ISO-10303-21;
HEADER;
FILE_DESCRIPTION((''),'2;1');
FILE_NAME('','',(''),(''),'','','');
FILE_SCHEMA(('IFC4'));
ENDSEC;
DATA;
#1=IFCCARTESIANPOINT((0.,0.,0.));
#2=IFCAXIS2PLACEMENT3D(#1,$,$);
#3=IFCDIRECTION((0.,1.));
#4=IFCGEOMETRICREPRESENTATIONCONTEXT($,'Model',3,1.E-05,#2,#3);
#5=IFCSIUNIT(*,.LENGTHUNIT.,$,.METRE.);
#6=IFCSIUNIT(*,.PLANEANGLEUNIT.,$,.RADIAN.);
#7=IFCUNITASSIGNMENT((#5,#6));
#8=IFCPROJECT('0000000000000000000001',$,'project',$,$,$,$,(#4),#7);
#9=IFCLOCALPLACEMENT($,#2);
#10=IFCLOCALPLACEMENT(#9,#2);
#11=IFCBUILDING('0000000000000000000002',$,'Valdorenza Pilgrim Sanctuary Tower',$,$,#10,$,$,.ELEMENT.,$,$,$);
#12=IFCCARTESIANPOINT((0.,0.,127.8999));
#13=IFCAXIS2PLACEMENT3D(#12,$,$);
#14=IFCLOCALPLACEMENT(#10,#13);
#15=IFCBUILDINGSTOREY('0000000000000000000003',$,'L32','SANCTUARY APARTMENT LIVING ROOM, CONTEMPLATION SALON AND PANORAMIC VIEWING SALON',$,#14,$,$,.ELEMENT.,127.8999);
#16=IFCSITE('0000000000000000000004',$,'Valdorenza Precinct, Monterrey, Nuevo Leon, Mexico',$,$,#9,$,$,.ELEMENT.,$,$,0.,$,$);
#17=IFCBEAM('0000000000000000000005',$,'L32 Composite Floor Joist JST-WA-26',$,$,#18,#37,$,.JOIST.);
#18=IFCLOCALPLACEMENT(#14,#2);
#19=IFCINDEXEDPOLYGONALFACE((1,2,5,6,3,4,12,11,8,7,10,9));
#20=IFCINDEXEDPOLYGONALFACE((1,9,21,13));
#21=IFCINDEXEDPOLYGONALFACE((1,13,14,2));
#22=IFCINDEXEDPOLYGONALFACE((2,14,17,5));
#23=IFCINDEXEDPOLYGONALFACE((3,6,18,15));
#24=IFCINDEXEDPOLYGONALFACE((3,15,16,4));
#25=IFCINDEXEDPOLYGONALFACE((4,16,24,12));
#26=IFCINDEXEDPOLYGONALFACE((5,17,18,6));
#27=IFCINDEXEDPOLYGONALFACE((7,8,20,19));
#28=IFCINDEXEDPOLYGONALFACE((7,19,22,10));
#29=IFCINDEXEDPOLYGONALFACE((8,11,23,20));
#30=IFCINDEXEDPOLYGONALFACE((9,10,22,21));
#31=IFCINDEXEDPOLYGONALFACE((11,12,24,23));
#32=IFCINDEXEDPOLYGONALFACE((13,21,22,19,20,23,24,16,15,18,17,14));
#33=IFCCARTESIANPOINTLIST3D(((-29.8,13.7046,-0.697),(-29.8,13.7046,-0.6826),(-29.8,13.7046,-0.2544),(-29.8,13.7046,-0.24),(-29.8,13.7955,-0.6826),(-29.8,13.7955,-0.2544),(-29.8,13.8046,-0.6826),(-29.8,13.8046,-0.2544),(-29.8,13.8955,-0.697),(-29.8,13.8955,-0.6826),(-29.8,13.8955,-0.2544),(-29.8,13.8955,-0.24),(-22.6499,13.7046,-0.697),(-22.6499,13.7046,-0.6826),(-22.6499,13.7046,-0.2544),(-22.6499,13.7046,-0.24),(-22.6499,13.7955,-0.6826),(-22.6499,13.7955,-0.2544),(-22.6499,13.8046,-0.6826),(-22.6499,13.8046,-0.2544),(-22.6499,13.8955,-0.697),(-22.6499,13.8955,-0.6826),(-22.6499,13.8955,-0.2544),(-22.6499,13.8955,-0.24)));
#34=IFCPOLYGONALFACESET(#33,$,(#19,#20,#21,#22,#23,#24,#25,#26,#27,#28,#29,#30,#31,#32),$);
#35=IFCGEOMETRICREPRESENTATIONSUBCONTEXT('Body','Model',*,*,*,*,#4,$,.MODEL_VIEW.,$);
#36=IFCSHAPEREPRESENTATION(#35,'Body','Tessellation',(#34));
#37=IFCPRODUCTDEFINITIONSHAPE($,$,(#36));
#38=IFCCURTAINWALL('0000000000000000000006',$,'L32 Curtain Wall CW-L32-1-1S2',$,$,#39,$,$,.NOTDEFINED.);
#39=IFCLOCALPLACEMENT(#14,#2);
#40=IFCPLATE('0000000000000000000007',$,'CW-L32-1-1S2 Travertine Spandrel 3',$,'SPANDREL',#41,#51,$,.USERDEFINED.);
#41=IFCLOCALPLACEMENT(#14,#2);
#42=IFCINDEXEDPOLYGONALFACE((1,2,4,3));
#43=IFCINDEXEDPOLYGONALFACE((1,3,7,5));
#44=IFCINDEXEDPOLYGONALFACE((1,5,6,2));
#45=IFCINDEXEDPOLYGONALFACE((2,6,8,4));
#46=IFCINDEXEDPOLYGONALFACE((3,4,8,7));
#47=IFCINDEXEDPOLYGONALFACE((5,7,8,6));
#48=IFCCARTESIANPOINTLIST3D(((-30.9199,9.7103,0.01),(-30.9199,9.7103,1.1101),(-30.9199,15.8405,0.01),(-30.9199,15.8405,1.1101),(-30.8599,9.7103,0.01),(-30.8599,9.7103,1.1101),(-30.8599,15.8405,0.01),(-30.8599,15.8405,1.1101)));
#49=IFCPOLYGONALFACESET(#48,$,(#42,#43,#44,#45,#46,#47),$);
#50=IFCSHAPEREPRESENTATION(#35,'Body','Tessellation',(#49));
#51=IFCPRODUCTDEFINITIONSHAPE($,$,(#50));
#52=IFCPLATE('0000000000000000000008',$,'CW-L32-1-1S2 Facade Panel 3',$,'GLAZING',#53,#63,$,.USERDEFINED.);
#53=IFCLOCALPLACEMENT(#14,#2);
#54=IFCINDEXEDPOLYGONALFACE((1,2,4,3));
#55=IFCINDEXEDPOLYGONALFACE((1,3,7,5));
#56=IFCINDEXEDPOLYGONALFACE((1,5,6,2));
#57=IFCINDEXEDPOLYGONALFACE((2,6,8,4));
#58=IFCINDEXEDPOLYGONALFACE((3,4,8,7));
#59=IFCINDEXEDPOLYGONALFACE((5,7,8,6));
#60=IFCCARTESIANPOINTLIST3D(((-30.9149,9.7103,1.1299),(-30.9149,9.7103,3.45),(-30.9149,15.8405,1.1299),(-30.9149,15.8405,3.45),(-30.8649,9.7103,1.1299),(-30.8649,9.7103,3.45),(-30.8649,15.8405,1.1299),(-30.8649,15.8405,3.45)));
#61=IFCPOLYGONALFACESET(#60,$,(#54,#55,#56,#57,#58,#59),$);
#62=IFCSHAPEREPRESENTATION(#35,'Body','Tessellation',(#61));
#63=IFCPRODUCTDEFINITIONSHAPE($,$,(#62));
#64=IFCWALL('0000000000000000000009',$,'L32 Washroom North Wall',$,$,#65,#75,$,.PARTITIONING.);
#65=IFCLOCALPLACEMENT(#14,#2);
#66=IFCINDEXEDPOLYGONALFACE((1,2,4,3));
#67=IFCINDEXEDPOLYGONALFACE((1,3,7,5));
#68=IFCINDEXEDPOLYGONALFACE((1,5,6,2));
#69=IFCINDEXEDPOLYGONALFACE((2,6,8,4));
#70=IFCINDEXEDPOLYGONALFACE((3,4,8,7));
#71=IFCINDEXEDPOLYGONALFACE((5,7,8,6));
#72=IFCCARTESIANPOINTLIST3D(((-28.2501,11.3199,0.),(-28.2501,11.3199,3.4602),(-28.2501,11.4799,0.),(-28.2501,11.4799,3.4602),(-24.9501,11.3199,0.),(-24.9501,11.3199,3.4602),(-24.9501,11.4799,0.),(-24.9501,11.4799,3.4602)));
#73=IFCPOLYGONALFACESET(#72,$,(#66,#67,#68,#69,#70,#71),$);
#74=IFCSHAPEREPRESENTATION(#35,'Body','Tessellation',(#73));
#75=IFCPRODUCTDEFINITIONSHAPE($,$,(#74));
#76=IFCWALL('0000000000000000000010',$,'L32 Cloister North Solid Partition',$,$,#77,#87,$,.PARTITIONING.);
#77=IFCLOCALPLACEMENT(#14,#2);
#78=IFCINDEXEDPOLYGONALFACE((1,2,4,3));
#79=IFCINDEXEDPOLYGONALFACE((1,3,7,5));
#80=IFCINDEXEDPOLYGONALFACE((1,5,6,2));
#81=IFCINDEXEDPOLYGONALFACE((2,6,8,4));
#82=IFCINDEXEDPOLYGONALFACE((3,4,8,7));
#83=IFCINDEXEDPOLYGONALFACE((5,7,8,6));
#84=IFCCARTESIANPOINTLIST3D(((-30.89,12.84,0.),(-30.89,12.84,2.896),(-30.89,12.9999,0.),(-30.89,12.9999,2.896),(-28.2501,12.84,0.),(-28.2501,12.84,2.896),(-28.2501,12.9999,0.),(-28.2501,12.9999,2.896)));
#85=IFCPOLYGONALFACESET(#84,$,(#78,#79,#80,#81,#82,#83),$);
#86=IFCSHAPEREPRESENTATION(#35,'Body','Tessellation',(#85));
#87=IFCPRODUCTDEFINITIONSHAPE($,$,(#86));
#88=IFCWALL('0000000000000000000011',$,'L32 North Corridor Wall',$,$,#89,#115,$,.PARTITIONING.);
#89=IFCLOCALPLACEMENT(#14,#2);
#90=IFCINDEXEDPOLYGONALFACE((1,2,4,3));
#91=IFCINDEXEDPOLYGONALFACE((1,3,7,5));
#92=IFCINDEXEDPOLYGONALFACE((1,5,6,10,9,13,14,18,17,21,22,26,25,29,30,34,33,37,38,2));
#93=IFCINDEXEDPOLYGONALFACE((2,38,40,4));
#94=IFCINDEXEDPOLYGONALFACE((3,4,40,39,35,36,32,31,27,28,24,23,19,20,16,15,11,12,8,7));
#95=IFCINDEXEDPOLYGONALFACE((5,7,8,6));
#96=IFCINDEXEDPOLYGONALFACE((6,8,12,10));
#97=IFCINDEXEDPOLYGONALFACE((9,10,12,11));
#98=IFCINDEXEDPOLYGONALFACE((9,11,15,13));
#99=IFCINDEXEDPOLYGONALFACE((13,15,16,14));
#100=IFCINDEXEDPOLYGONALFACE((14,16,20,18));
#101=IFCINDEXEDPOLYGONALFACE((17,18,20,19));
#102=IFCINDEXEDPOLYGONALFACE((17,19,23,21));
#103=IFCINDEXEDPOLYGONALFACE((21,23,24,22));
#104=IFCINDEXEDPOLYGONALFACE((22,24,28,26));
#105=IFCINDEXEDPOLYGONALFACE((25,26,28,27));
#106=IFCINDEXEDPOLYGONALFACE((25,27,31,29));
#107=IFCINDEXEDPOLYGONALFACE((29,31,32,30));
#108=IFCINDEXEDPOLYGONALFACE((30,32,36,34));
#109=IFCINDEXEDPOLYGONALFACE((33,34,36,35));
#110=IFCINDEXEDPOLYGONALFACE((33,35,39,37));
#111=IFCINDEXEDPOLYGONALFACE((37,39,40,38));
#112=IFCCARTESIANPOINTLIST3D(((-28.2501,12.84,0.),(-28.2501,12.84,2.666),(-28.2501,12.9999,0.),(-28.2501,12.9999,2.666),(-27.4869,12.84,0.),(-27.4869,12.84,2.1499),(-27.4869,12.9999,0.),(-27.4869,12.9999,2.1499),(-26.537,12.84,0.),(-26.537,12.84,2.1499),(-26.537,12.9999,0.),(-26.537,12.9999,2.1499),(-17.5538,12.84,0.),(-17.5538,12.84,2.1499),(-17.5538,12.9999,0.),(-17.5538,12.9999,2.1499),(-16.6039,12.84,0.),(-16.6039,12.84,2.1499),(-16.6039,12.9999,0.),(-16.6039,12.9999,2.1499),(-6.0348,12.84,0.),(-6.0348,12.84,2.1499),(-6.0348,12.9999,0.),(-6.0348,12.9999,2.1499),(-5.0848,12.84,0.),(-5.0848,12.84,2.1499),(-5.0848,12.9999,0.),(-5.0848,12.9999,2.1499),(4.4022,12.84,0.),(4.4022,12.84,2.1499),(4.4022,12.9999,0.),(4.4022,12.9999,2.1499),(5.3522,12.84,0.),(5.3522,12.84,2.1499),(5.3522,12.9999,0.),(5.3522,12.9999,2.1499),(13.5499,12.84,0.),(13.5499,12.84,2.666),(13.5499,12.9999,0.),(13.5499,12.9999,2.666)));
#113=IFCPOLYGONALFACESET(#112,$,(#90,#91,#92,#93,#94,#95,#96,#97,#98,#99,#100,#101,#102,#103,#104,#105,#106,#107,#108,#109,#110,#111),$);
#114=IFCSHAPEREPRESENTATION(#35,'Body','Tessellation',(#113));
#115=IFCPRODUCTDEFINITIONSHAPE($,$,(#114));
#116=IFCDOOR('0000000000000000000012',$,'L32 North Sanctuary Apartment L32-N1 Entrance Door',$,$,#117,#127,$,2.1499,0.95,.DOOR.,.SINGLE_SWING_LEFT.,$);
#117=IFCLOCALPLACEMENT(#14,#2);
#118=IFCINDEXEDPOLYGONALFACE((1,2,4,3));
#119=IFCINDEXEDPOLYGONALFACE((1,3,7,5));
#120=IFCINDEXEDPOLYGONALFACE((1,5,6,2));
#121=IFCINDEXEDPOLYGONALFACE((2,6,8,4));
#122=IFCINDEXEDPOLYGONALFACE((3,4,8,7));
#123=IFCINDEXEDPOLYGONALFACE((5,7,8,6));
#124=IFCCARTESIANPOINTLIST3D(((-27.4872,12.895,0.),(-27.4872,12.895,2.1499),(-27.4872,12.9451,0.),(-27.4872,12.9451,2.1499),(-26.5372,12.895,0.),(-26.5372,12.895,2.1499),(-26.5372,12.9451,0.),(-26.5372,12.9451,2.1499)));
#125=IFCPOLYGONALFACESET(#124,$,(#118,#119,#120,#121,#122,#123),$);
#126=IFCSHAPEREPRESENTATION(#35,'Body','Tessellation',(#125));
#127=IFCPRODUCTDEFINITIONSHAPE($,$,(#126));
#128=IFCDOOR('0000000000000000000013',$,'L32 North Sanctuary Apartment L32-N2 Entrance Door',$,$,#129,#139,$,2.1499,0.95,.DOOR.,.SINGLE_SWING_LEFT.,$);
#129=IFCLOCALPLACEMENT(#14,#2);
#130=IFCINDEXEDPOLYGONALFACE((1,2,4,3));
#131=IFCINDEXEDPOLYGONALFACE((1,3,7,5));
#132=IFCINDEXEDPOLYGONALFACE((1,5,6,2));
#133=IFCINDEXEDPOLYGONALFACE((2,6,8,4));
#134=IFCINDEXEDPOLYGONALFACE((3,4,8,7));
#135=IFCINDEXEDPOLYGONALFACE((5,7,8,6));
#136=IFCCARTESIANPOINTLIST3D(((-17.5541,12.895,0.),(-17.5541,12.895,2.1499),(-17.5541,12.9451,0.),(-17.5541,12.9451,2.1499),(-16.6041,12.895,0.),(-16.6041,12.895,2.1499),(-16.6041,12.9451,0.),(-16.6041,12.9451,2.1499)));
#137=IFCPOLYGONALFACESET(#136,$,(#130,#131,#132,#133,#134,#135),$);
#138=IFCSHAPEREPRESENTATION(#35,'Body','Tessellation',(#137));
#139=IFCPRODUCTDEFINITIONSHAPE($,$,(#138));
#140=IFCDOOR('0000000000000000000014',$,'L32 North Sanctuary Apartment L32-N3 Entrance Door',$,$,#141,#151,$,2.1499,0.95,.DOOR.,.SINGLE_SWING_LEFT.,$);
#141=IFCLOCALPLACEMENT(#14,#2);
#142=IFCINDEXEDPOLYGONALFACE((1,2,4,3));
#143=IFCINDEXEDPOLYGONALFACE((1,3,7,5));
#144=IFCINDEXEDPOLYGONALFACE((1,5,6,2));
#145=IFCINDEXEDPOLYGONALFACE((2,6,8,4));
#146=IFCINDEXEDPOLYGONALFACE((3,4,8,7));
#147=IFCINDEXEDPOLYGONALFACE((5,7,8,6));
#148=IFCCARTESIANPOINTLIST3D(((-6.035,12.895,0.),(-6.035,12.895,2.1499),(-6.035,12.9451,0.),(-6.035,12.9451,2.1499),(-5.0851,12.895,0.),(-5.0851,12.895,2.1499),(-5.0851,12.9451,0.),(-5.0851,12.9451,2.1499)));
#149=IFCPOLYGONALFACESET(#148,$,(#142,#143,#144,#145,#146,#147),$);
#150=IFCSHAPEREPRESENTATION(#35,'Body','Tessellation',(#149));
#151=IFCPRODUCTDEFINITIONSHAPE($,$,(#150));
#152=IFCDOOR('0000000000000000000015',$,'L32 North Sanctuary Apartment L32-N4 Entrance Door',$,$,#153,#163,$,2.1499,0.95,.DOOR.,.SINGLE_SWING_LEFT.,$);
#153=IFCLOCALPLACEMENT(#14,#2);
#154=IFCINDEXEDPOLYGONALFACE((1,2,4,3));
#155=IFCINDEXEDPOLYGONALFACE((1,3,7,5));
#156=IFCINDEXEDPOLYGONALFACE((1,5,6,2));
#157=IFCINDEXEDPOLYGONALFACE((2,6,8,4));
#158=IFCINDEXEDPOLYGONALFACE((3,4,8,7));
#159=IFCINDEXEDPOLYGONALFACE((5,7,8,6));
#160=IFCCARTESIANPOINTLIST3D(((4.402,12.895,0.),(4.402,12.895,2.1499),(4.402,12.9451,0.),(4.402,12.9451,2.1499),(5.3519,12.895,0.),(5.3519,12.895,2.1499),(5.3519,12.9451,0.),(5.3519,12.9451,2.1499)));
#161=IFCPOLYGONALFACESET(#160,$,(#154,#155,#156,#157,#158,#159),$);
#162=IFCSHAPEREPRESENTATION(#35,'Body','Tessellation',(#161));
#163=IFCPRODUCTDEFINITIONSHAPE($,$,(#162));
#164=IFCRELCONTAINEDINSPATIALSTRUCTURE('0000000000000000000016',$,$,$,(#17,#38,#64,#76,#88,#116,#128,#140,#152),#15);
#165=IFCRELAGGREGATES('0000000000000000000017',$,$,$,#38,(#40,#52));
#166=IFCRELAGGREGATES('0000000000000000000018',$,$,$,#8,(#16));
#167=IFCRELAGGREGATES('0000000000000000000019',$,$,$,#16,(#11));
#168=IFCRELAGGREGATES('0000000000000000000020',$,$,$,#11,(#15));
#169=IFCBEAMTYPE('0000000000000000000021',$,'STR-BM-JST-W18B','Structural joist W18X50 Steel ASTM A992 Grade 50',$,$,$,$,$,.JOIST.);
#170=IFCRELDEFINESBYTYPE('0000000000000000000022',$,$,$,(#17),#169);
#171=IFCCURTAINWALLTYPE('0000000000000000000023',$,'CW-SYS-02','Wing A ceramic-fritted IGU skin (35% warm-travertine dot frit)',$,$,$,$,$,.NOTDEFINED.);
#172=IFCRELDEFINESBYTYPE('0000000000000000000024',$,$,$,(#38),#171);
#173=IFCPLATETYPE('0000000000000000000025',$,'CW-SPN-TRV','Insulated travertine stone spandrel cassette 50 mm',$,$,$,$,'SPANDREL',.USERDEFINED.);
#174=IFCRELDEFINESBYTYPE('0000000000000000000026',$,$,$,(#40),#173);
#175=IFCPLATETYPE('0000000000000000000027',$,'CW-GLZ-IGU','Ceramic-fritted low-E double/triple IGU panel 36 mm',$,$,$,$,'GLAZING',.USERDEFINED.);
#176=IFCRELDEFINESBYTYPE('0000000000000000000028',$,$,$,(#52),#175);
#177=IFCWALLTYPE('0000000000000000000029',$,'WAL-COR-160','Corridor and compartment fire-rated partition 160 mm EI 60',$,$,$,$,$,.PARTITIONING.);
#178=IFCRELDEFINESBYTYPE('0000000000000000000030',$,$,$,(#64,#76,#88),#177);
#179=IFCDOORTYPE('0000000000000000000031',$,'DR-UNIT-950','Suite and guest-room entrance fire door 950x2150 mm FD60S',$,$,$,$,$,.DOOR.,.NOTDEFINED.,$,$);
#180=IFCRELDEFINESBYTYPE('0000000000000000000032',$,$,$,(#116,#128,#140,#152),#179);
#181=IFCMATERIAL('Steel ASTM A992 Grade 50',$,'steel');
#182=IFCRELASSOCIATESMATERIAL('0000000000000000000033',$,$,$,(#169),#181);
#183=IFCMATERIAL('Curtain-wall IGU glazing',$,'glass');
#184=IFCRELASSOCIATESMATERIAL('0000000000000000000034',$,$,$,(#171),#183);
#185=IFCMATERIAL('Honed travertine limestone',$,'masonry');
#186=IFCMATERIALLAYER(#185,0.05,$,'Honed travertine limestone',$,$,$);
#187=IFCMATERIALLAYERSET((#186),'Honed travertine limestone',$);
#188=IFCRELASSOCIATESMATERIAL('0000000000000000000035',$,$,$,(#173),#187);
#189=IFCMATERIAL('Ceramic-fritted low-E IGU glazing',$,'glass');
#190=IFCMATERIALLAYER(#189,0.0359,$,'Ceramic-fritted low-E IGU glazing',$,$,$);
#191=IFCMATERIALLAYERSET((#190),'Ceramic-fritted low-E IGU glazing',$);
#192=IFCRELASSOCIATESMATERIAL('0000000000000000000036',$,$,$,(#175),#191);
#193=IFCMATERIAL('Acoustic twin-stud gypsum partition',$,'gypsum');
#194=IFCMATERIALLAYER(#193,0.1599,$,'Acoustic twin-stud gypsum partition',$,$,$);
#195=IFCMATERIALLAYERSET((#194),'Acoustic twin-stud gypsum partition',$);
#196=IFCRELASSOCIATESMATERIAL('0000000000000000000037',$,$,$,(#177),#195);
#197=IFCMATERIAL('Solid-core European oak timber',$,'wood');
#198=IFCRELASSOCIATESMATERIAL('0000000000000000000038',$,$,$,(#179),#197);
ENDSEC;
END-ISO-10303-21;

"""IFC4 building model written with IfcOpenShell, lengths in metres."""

from ifc_helpers import new_model, si_unit, direction, frame, frame_2d, origin, origin_2d, place, context, subcontext, project, spatial, rectangle, i_section, extrude, source, transform, mapped, material, layer, layer_set, material_profile, profile_set, type_object, element, fill, aggregate, save


model = new_model("IFC4")

# Units and contexts
model_context = context("Model", 3, precision=1e-05, world=origin(), true_north=direction((0.0, 1.0)))
body_context = subcontext(model_context, "Body", "Model", "MODEL_VIEW")
ifc_project = project(units=[si_unit("LENGTHUNIT", "METRE"), si_unit("PLANEANGLEUNIT", "RADIAN")], contexts=[model_context])

# Site, building, storey
site_placement = place(None, origin())
site = spatial("IfcSite", under=ifc_project, at=site_placement, Name="Valdorenza Precinct, Monterrey, Nuevo Leon, Mexico", CompositionType="ELEMENT", RefElevation=0.0)
building_placement = place(site_placement, origin())
building = spatial("IfcBuilding", under=site, at=building_placement, Name="Valdorenza Pilgrim Sanctuary Tower", CompositionType="ELEMENT")
storey_placement = place(building_placement, frame((0.0, 0.0, 127.8999)))
storey = spatial("IfcBuildingStorey", under=building, at=storey_placement, Name="L32", Description="SANCTUARY APARTMENT LIVING ROOM, CONTEMPLATION SALON AND PANORAMIC VIEWING SALON", CompositionType="ELEMENT", Elevation=127.8999)

# Beam
ifc_material_1 = material(Name="Steel ASTM A992 Grade 50", Category="steel")
ifc_material_profile_1 = material_profile(ifc_material_1, i_section(OverallWidth=0.1909, OverallDepth=0.457, WebThickness=0.009, FlangeThickness=0.0144, at=origin_2d()), Name="W18X50")
ifc_profile_set_1 = profile_set([ifc_material_profile_1], Name="Steel ASTM A992 Grade 50")
beam_type_1 = type_object("IfcBeamType", Name="STR-BM-JST-W18B", Description="Structural joist W18X50 Steel ASTM A992 Grade 50", PredefinedType="JOIST", material=ifc_profile_set_1)
shared_shape_1 = source(origin(), body_context, "Body", "SweptSolid", [
    extrude(i_section(OverallWidth=0.1909, OverallDepth=0.457, WebThickness=0.009, FlangeThickness=0.0144, at=origin_2d()), origin(), (0.0, 0.0, 1.0), 7.1501),
])
for number, where, z_axis, x_axis, name in (
    (1, (-29.8, 13.8, -0.4685), (1.0, 0.0, 0.0), (0.0, 1.0, 0.0), "L32 Composite Floor Joist JST-WA-26"),
):
    element("IfcBeam", number, at=place(storey_placement, frame(where, z_axis=z_axis, x_axis=x_axis)), inside=storey, type_object=beam_type_1, Name=name, PredefinedType="JOIST", context=body_context, shape_type="MappedRepresentation", body=[
        mapped(shared_shape_1, transform((0.0, 0.0, 0.0), x_axis=(1.0, 0.0, 0.0), y_axis=(0.0, 1.0, 0.0), z_axis=(0.0, 0.0, 1.0), scale=1.0)),
    ])

# Curtain wall, plates
ifc_material_2 = material(Name="Curtain-wall IGU glazing", Category="glass")
curtain_wall_type = type_object("IfcCurtainWallType", Name="CW-SYS-02", Description="Wing A ceramic-fritted IGU skin (35% warm-travertine dot frit)", PredefinedType="NOTDEFINED", material=ifc_material_2)
curtain_wall_placement = place(storey_placement, origin())
curtain_wall = element("IfcCurtainWall", 2, at=curtain_wall_placement, inside=storey, type_object=curtain_wall_type, Name="L32 Curtain Wall CW-L32-1-1S2", PredefinedType="NOTDEFINED")
ifc_material_3 = material(Name="Honed travertine limestone", Category="masonry")
ifc_layer_1 = layer(ifc_material_3, 0.05, Name="Honed travertine limestone")
ifc_layer_set_1 = layer_set([ifc_layer_1], Name="Honed travertine limestone")
plate_type_1 = type_object("IfcPlateType", Name="CW-SPN-TRV", Description="Insulated travertine stone spandrel cassette 50 mm", ElementType="SPANDREL", PredefinedType="USERDEFINED", material=ifc_layer_set_1)
shared_shape_2 = source(origin(), body_context, "Body", "SweptSolid", [
    extrude(rectangle(XDim=6.1301, YDim=0.0601, at=origin_2d()), origin(), (0.0, 0.0, 1.0), 1.1001),
])
plate_1_placement = place(storey_placement, frame((-30.8899, 12.7754, 0.01), z_axis=(0.0, 0.0, 1.0), x_axis=(0.0, 1.0, 0.0)))
plate_1 = element("IfcPlate", 3, at=plate_1_placement, type_object=plate_type_1, Name="CW-L32-1-1S2 Travertine Spandrel 3", ObjectType="SPANDREL", PredefinedType="USERDEFINED", context=body_context, shape_type="MappedRepresentation", body=[
    mapped(shared_shape_2, transform((0.0, 0.0, 0.0), x_axis=(1.0, 0.0, 0.0), y_axis=(0.0, 1.0, 0.0), z_axis=(0.0, 0.0, 1.0), scale=1.0)),
])
ifc_material_4 = material(Name="Ceramic-fritted low-E IGU glazing", Category="glass")
ifc_layer_2 = layer(ifc_material_4, 0.0359, Name="Ceramic-fritted low-E IGU glazing")
ifc_layer_set_2 = layer_set([ifc_layer_2], Name="Ceramic-fritted low-E IGU glazing")
plate_type_2 = type_object("IfcPlateType", Name="CW-GLZ-IGU", Description="Ceramic-fritted low-E double/triple IGU panel 36 mm", ElementType="GLAZING", PredefinedType="USERDEFINED", material=ifc_layer_set_2)
shared_shape_3 = source(origin(), body_context, "Body", "SweptSolid", [
    extrude(rectangle(XDim=6.1301, YDim=0.05, at=origin_2d()), origin(), (0.0, 0.0, 1.0), 2.3201),
])
plate_2_placement = place(storey_placement, frame((-30.8899, 12.7754, 1.1299), z_axis=(0.0, 0.0, 1.0), x_axis=(0.0, 1.0, 0.0)))
plate_2 = element("IfcPlate", 4, at=plate_2_placement, type_object=plate_type_2, Name="CW-L32-1-1S2 Facade Panel 3", ObjectType="GLAZING", PredefinedType="USERDEFINED", context=body_context, shape_type="MappedRepresentation", body=[
    mapped(shared_shape_3, transform((0.0, 0.0, 0.0), x_axis=(1.0, 0.0, 0.0), y_axis=(0.0, 1.0, 0.0), z_axis=(0.0, 0.0, 1.0), scale=1.0)),
])
aggregate(curtain_wall, [plate_1, plate_2])

# Walls
ifc_material_5 = material(Name="Acoustic twin-stud gypsum partition", Category="gypsum")
ifc_layer_3 = layer(ifc_material_5, 0.1599, Name="Acoustic twin-stud gypsum partition")
ifc_layer_set_3 = layer_set([ifc_layer_3], Name="Acoustic twin-stud gypsum partition")
wall_type_1 = type_object("IfcWallType", Name="WAL-COR-160", Description="Corridor and compartment fire-rated partition 160 mm EI 60", PredefinedType="PARTITIONING", material=ifc_layer_set_3)
wall_1_placement = place(storey_placement, frame((-28.25, 11.3999, 0.0), z_axis=(0.0, 0.0, 1.0), x_axis=(1.0, 0.0, 0.0)))
element("IfcWall", 5, at=wall_1_placement, inside=storey, type_object=wall_type_1, Name="L32 Washroom North Wall", PredefinedType="PARTITIONING", context=body_context, shape_type="SweptSolid", body=[
    extrude(rectangle(XDim=3.3, YDim=0.1599, at=frame_2d((1.6499, 0.0))), origin(), (0.0, 0.0, 1.0), 3.4602),
])
wall_2_placement = place(storey_placement, frame((-30.8899, 12.9199, 0.0), z_axis=(0.0, 0.0, 1.0), x_axis=(1.0, 0.0, 0.0)))
element("IfcWall", 6, at=wall_2_placement, inside=storey, type_object=wall_type_1, Name="L32 Cloister North Solid Partition", PredefinedType="PARTITIONING", context=body_context, shape_type="SweptSolid", body=[
    extrude(rectangle(XDim=2.6399, YDim=0.1599, at=frame_2d((1.3198, 0.0))), origin(), (0.0, 0.0, 1.0), 2.896),
])

# Wall, openings, doors
wall_3_placement = place(storey_placement, frame((-28.25, 12.9199, 0.0), z_axis=(0.0, 0.0, 1.0), x_axis=(1.0, 0.0, 0.0)))
wall_3 = element("IfcWall", 7, at=wall_3_placement, inside=storey, type_object=wall_type_1, Name="L32 North Corridor Wall", PredefinedType="PARTITIONING", context=body_context, shape_type="SweptSolid", body=[
    extrude(rectangle(XDim=41.8, YDim=0.1599, at=frame_2d((20.8999, 0.0))), origin(), (0.0, 0.0, 1.0), 2.666),
])
opening_1_placement = place(wall_3_placement, frame((0.7629, 0.0, 0.0)))
opening_1 = element("IfcOpeningElement", 8, at=opening_1_placement, cuts=wall_3, PredefinedType="OPENING", context=body_context, shape_type="SweptSolid", body=[
    extrude(rectangle(XDim=0.95, YDim=2.1499, at=frame_2d((0.4751, 1.075))), frame((0.0, 0.0947, 0.0), z_axis=(0.0, -1.0, 0.0), x_axis=(1.0, 0.0, 0.0)), (0.0, 0.0, 1.0), 0.1897),
])
opening_2_placement = place(wall_3_placement, frame((10.696, 0.0, 0.0)))
opening_2 = element("IfcOpeningElement", 9, at=opening_2_placement, cuts=wall_3, PredefinedType="OPENING", context=body_context, shape_type="SweptSolid", body=[
    extrude(rectangle(XDim=0.95, YDim=2.1499, at=frame_2d((0.4751, 1.075))), frame((0.0, 0.0947, 0.0), z_axis=(0.0, -1.0, 0.0), x_axis=(1.0, 0.0, 0.0)), (0.0, 0.0, 1.0), 0.1897),
])
opening_3_placement = place(wall_3_placement, frame((22.2151, 0.0, 0.0)))
opening_3 = element("IfcOpeningElement", 10, at=opening_3_placement, cuts=wall_3, PredefinedType="OPENING", context=body_context, shape_type="SweptSolid", body=[
    extrude(rectangle(XDim=0.95, YDim=2.1499, at=frame_2d((0.4751, 1.075))), frame((0.0, 0.0947, 0.0), z_axis=(0.0, -1.0, 0.0), x_axis=(1.0, 0.0, 0.0)), (0.0, 0.0, 1.0), 0.1897),
])
opening_4_placement = place(wall_3_placement, frame((32.6521, 0.0, 0.0)))
opening_4 = element("IfcOpeningElement", 11, at=opening_4_placement, cuts=wall_3, PredefinedType="OPENING", context=body_context, shape_type="SweptSolid", body=[
    extrude(rectangle(XDim=0.95, YDim=2.1499, at=frame_2d((0.4751, 1.075))), frame((0.0, 0.0947, 0.0), z_axis=(0.0, -1.0, 0.0), x_axis=(1.0, 0.0, 0.0)), (0.0, 0.0, 1.0), 0.1897),
])
ifc_material_6 = material(Name="Solid-core European oak timber", Category="wood")
door_type_1 = type_object("IfcDoorType", Name="DR-UNIT-950", Description="Suite and guest-room entrance fire door 950x2150 mm FD60S", OperationType="NOTDEFINED", PredefinedType="DOOR", material=ifc_material_6)
door_1_placement = place(opening_1_placement, frame((0.95, 0.0, 0.0), z_axis=(0.0, 0.0, 1.0), x_axis=(-1.0, 0.0, 0.0)))
door_1 = element("IfcDoor", 12, at=door_1_placement, inside=storey, type_object=door_type_1, Name="L32 North Sanctuary Apartment L32-N1 Entrance Door", OperationType="SINGLE_SWING_LEFT", OverallHeight=2.1499, OverallWidth=0.95, PredefinedType="DOOR", context=body_context, shape_type="SweptSolid", body=[
    extrude(rectangle(XDim=0.95, YDim=2.1499, at=frame_2d((0.4751, 1.075))), frame((0.0, 0.0249, 0.0), z_axis=(0.0, -1.0, 0.0), x_axis=(1.0, 0.0, 0.0)), (0.0, 0.0, 1.0), 0.05),
])
fill(opening_1, door_1)
door_2_placement = place(opening_2_placement, frame((0.95, 0.0, 0.0), z_axis=(0.0, 0.0, 1.0), x_axis=(-1.0, 0.0, 0.0)))
door_2 = element("IfcDoor", 13, at=door_2_placement, inside=storey, type_object=door_type_1, Name="L32 North Sanctuary Apartment L32-N2 Entrance Door", OperationType="SINGLE_SWING_LEFT", OverallHeight=2.1499, OverallWidth=0.95, PredefinedType="DOOR", context=body_context, shape_type="SweptSolid", body=[
    extrude(rectangle(XDim=0.95, YDim=2.1499, at=frame_2d((0.4751, 1.075))), frame((0.0, 0.0249, 0.0), z_axis=(0.0, -1.0, 0.0), x_axis=(1.0, 0.0, 0.0)), (0.0, 0.0, 1.0), 0.05),
])
fill(opening_2, door_2)
door_3_placement = place(opening_3_placement, frame((0.95, 0.0, 0.0), z_axis=(0.0, 0.0, 1.0), x_axis=(-1.0, 0.0, 0.0)))
door_3 = element("IfcDoor", 14, at=door_3_placement, inside=storey, type_object=door_type_1, Name="L32 North Sanctuary Apartment L32-N3 Entrance Door", OperationType="SINGLE_SWING_LEFT", OverallHeight=2.1499, OverallWidth=0.95, PredefinedType="DOOR", context=body_context, shape_type="SweptSolid", body=[
    extrude(rectangle(XDim=0.95, YDim=2.1499, at=frame_2d((0.4751, 1.075))), frame((0.0, 0.0249, 0.0), z_axis=(0.0, -1.0, 0.0), x_axis=(1.0, 0.0, 0.0)), (0.0, 0.0, 1.0), 0.05),
])
fill(opening_3, door_3)
door_4_placement = place(opening_4_placement, frame((0.95, 0.0, 0.0), z_axis=(0.0, 0.0, 1.0), x_axis=(-1.0, 0.0, 0.0)))
door_4 = element("IfcDoor", 15, at=door_4_placement, inside=storey, type_object=door_type_1, Name="L32 North Sanctuary Apartment L32-N4 Entrance Door", OperationType="SINGLE_SWING_LEFT", OverallHeight=2.1499, OverallWidth=0.95, PredefinedType="DOOR", context=body_context, shape_type="SweptSolid", body=[
    extrude(rectangle(XDim=0.95, YDim=2.1499, at=frame_2d((0.4751, 1.075))), frame((0.0, 0.0249, 0.0), z_axis=(0.0, -1.0, 0.0), x_axis=(1.0, 0.0, 0.0)), (0.0, 0.0, 1.0), 0.05),
])
fill(opening_4, door_4)

save(model, "model.ifc")
